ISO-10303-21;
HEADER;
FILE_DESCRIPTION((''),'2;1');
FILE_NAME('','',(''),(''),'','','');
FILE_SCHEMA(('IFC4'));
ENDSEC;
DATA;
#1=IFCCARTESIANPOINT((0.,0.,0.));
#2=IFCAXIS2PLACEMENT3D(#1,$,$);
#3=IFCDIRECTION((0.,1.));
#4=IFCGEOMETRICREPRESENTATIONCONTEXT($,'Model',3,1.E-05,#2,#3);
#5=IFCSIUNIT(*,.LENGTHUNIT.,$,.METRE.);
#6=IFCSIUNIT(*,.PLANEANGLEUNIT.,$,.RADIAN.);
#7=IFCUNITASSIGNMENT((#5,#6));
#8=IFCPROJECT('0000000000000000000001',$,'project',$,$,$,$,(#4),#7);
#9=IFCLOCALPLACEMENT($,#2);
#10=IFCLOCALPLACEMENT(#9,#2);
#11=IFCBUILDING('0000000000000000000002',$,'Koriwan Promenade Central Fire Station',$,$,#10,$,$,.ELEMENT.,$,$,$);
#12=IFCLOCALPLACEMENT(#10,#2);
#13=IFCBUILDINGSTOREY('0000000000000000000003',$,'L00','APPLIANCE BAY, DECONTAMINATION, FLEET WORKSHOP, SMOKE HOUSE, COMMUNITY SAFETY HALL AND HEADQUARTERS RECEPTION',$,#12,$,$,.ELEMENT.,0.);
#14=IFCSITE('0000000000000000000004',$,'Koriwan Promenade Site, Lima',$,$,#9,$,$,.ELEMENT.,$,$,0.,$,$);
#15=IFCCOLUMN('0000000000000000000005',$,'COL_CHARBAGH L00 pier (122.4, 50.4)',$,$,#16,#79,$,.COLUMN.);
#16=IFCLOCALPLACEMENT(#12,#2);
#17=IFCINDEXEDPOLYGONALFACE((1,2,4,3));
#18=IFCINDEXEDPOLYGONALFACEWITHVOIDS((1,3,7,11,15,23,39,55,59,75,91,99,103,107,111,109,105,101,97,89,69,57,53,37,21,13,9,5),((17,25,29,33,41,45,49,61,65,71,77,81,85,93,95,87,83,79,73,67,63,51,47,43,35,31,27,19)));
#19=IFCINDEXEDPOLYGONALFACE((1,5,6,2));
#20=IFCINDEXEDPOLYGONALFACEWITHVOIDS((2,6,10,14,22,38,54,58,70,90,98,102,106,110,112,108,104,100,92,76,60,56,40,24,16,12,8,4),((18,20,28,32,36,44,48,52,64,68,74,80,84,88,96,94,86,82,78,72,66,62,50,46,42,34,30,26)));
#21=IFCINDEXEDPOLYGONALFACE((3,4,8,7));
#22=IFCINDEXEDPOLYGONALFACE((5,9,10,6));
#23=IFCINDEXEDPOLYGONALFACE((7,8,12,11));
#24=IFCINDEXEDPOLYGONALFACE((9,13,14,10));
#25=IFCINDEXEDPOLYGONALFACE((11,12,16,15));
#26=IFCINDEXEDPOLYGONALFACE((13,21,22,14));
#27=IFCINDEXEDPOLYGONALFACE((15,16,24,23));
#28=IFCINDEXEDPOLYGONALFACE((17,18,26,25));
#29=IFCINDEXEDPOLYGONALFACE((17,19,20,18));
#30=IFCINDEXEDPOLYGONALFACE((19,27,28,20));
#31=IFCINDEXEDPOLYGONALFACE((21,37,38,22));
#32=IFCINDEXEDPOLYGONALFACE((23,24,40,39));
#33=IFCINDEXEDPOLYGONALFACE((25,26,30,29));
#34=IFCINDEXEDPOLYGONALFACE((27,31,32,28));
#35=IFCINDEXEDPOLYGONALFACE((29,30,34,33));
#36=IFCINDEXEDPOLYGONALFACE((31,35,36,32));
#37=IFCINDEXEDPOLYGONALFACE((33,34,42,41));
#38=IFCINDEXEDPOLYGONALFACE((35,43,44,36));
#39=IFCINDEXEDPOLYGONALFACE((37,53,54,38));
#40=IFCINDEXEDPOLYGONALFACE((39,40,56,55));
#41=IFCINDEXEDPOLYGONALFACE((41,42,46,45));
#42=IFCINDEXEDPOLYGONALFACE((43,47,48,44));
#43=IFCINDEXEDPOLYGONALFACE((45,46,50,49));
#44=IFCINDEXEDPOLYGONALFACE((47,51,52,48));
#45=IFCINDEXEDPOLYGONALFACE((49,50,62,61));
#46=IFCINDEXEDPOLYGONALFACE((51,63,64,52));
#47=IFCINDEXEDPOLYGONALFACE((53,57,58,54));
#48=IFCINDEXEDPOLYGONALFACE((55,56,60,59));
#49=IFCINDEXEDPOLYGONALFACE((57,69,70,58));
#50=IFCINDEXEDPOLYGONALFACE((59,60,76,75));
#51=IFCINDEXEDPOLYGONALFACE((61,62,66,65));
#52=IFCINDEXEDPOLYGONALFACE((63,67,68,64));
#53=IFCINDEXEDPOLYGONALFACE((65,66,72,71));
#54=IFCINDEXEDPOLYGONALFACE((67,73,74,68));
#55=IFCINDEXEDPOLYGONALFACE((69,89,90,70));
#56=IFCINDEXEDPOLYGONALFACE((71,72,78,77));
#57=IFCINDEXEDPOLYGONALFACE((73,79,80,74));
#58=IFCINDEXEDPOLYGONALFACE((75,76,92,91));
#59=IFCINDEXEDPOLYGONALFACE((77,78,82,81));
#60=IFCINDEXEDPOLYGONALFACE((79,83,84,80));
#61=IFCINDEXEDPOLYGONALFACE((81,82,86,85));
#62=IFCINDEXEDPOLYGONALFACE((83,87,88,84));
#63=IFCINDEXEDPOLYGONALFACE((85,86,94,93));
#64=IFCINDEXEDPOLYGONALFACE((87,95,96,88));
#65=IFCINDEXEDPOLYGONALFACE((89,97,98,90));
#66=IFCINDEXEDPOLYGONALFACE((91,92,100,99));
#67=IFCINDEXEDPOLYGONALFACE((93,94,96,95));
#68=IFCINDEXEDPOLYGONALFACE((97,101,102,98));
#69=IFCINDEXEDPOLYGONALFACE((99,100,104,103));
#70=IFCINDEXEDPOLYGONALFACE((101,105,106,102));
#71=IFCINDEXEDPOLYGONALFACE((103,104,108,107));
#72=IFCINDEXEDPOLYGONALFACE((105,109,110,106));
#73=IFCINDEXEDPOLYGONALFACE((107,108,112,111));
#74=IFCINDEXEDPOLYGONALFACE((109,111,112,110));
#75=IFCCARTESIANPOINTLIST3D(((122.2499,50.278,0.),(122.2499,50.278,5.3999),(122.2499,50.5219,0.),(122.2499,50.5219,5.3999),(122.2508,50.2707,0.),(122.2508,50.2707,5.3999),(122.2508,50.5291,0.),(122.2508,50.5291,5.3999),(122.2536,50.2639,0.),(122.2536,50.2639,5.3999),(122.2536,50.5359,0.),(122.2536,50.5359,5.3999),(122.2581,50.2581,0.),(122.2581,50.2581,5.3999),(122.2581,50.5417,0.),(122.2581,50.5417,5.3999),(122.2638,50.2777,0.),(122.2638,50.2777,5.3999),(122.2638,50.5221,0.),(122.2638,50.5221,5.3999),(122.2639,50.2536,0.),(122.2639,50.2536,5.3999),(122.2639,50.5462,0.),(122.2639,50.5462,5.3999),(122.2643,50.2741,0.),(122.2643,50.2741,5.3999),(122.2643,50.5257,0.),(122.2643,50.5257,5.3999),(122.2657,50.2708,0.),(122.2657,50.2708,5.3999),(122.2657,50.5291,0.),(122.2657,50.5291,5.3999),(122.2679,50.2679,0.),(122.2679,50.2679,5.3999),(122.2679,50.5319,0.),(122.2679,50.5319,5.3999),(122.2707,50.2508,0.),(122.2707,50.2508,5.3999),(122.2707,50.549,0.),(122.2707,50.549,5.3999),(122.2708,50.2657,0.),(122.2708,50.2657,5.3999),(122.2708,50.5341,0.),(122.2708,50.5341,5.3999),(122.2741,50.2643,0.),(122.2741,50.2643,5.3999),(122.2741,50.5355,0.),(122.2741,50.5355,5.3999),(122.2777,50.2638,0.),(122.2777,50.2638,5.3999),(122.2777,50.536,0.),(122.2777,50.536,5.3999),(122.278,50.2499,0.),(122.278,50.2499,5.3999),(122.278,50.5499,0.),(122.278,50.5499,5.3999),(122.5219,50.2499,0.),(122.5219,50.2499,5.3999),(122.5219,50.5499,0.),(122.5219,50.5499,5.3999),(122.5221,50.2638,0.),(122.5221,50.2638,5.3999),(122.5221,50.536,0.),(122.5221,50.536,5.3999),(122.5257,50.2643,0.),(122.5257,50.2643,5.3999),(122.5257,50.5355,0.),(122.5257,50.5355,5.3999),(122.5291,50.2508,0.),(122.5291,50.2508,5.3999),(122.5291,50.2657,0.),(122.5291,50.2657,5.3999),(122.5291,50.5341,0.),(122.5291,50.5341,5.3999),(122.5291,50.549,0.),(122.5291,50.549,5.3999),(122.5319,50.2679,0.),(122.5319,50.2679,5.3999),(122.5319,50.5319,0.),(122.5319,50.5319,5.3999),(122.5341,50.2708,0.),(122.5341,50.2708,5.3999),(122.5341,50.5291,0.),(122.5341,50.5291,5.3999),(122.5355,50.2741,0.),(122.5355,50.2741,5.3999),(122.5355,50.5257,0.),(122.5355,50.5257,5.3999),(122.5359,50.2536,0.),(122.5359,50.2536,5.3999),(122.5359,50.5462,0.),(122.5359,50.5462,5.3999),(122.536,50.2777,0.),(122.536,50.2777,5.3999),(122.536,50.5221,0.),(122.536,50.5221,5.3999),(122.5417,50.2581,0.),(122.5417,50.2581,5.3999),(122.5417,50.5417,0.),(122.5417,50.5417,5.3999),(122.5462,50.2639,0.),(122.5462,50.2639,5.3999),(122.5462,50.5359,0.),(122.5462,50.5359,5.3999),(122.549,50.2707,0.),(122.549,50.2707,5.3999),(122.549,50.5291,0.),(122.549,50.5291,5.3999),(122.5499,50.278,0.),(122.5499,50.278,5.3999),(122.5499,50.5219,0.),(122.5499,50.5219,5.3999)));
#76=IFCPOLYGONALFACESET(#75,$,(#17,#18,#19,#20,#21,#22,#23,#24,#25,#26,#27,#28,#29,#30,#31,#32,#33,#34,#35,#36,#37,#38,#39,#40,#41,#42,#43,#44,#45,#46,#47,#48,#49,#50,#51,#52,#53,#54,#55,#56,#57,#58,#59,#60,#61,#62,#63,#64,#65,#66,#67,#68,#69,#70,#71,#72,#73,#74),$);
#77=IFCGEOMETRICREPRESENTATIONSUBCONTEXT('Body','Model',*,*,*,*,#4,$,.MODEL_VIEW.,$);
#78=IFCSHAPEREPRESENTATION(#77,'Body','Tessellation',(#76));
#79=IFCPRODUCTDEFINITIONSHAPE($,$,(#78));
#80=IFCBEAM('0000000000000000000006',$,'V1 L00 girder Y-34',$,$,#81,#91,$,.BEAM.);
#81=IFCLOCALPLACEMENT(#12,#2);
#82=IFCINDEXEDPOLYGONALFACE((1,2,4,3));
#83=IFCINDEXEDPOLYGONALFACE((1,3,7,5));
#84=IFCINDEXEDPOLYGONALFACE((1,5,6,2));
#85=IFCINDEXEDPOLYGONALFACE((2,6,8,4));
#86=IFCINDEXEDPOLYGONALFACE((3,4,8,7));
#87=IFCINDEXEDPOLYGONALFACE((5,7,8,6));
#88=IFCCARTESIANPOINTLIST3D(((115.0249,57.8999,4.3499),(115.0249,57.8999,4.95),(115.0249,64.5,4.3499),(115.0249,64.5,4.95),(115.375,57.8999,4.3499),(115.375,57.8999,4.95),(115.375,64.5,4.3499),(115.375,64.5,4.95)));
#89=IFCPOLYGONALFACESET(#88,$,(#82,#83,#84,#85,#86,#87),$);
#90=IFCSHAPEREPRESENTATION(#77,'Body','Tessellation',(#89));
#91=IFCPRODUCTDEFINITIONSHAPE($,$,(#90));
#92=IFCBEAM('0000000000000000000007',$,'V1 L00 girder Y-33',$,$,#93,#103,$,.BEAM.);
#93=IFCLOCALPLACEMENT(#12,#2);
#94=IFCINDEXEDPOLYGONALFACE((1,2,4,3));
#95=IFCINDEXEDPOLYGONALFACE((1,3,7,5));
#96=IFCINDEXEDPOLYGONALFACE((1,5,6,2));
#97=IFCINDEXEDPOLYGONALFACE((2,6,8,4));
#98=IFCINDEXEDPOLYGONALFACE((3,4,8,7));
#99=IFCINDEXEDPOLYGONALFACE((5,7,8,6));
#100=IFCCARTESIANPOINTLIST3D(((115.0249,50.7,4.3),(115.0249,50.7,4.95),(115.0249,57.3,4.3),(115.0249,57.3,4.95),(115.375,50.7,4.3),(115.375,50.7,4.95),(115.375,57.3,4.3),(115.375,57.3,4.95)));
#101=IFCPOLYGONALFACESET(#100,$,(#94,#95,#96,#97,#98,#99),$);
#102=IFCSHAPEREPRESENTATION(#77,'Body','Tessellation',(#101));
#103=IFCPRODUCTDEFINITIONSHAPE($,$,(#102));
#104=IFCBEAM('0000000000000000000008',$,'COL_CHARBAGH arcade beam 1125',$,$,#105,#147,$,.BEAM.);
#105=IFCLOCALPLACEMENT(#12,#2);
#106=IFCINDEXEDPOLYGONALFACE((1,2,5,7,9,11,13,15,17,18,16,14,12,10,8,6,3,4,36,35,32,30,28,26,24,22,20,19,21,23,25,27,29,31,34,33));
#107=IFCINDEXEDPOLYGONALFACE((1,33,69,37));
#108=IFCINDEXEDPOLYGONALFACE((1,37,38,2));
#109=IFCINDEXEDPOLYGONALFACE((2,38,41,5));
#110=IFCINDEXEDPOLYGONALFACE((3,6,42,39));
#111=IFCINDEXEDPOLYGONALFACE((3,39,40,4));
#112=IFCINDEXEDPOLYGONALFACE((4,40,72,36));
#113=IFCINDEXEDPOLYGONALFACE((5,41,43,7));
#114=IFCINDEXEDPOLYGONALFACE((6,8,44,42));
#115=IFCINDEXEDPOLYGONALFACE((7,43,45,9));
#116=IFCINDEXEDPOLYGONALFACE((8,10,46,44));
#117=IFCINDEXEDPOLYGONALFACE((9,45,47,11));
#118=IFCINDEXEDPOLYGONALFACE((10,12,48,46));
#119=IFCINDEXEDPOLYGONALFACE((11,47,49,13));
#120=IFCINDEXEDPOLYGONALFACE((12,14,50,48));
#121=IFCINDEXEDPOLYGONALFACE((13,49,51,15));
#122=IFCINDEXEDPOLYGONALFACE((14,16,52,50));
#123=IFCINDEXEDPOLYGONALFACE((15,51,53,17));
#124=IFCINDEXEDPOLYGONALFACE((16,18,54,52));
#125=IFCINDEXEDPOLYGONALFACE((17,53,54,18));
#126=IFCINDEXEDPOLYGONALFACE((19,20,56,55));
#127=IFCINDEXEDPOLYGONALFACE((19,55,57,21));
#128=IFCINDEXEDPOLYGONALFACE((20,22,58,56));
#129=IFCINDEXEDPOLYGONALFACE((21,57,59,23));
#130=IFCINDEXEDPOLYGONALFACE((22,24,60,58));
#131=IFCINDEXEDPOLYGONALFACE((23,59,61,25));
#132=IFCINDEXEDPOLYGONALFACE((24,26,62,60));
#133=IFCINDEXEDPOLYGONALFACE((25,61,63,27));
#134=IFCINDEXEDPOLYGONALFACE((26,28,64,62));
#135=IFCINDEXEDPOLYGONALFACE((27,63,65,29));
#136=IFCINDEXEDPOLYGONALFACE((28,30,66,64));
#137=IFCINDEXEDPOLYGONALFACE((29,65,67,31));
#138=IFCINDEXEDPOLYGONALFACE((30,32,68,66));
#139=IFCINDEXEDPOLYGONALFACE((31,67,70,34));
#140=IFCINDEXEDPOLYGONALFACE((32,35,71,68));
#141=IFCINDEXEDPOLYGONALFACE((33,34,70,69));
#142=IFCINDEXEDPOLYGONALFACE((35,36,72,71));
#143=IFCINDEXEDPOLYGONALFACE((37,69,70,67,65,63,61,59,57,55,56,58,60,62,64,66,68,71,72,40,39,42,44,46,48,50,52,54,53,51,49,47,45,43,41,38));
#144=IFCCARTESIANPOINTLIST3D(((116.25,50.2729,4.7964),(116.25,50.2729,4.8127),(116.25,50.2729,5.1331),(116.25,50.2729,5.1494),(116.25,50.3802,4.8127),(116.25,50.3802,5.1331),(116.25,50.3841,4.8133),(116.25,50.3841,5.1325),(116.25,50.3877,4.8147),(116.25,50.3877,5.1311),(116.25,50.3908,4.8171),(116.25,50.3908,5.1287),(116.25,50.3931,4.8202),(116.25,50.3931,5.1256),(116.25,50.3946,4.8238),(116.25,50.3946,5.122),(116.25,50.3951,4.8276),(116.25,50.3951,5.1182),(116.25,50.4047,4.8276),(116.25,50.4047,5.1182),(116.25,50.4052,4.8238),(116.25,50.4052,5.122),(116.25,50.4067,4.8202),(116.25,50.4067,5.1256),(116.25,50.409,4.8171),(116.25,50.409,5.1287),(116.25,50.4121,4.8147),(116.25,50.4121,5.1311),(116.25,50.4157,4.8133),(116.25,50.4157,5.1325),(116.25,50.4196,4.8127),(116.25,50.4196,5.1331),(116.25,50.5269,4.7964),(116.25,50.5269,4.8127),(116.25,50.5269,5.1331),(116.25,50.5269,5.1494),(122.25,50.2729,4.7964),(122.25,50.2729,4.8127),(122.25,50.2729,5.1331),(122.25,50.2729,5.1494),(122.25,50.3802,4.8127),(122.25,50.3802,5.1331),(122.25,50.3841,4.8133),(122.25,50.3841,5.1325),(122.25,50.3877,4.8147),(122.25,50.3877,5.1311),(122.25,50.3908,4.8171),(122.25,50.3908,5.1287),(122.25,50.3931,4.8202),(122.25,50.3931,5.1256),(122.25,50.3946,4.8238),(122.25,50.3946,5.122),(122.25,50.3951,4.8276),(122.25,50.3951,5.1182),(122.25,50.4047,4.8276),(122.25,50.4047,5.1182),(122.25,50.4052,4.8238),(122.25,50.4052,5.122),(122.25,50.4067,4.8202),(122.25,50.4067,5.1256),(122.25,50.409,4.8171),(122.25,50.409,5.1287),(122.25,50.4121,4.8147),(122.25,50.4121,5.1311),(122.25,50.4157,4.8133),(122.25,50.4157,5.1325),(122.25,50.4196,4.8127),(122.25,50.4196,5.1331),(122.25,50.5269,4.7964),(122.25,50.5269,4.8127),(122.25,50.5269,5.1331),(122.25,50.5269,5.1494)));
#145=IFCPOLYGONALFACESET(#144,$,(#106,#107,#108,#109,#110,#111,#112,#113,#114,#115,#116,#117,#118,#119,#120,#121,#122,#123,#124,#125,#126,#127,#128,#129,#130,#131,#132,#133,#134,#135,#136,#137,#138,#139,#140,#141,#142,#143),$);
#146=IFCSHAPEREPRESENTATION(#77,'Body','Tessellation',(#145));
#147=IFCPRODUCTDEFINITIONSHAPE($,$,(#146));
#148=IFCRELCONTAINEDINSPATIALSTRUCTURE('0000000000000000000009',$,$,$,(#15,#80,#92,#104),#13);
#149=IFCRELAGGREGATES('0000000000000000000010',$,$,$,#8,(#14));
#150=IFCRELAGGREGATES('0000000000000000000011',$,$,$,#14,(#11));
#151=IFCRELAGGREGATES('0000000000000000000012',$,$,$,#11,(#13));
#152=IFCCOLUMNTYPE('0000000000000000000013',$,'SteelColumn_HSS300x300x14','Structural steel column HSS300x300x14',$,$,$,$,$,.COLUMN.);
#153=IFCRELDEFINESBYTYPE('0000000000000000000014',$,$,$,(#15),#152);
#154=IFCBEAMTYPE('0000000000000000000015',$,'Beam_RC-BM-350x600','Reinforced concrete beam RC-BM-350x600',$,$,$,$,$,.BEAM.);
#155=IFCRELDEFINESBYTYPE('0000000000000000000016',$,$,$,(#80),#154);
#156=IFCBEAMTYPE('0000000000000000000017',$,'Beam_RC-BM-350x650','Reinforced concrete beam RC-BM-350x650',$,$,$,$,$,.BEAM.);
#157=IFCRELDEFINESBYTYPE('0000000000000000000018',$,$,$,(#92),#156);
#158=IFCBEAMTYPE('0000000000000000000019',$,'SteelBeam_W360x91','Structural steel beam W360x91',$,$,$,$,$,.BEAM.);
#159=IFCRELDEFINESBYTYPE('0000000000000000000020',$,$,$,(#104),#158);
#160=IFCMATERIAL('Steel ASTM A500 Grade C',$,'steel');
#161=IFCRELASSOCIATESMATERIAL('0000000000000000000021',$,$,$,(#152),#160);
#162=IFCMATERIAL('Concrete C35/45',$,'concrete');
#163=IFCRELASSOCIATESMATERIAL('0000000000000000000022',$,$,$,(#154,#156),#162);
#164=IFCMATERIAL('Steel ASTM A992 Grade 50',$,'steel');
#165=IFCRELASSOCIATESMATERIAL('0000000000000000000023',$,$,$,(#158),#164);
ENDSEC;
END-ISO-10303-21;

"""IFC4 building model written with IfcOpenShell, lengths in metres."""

from ifc_helpers import new_model, si_unit, direction, frame, origin, origin_2d, place, context, subcontext, project, spatial, rectangle, hollow_rectangle, i_section, extrude, material, material_profile, profile_set, type_object, element, save


model = new_model("IFC4")

# Units and contexts
model_context = context("Model", 3, precision=1e-05, world=origin(), true_north=direction((0.0, 1.0)))
body_context = subcontext(model_context, "Body", "Model", "MODEL_VIEW")
ifc_project = project(units=[si_unit("LENGTHUNIT", "METRE"), si_unit("PLANEANGLEUNIT", "RADIAN")], contexts=[model_context])

# Site, building, storey
site_placement = place(None, origin())
site = spatial("IfcSite", under=ifc_project, at=site_placement, Name="Koriwan Promenade Site, Lima", CompositionType="ELEMENT", RefElevation=0.0)
building_placement = place(site_placement, origin())
building = spatial("IfcBuilding", under=site, at=building_placement, Name="Koriwan Promenade Central Fire Station", CompositionType="ELEMENT")
storey_placement = place(building_placement, origin())
storey = spatial("IfcBuildingStorey", under=building, at=storey_placement, Name="L00", Description="APPLIANCE BAY, DECONTAMINATION, FLEET WORKSHOP, SMOKE HOUSE, COMMUNITY SAFETY HALL AND HEADQUARTERS RECEPTION", CompositionType="ELEMENT", Elevation=0.0)

# Shared definitions
ifc_material_1 = material(Name="Concrete C35/45", Category="concrete")

# Column
ifc_material_2 = material(Name="Steel ASTM A500 Grade C", Category="steel")
ifc_material_profile_1 = material_profile(ifc_material_2, hollow_rectangle(XDim=0.3, YDim=0.3, WallThickness=0.0139, InnerFilletRadius=0.0139, OuterFilletRadius=0.0281, at=origin_2d()), Name="HSS300x300x14")
ifc_profile_set_1 = profile_set([ifc_material_profile_1], Name="Steel ASTM A500 Grade C")
column_type_1 = type_object("IfcColumnType", Name="SteelColumn_HSS300x300x14", Description="Structural steel column HSS300x300x14", PredefinedType="COLUMN", material=ifc_profile_set_1)
for number, where, z_axis, x_axis, name in (
    (1, (122.3999, 50.3999, 0.0), (0.0, 0.0, 1.0), (1.0, 0.0, 0.0), "COL_CHARBAGH L00 pier (122.4, 50.4)"),
):
    element("IfcColumn", number, at=place(storey_placement, frame(where, z_axis=z_axis, x_axis=x_axis)), inside=storey, type_object=column_type_1, Name=name, PredefinedType="COLUMN", context=body_context, shape_type="SweptSolid", body=[
        extrude(hollow_rectangle(XDim=0.3, YDim=0.3, WallThickness=0.0139, InnerFilletRadius=0.0139, OuterFilletRadius=0.0281, at=origin_2d()), origin(), (0.0, 0.0, 1.0), 5.3999),
    ])

# Beams
ifc_material_profile_2 = material_profile(ifc_material_1, rectangle(XDim=0.3501, YDim=0.6001, at=origin_2d()), Name="RC-BM-350x600")
ifc_profile_set_2 = profile_set([ifc_material_profile_2], Name="Concrete C35/45")
beam_type_1 = type_object("IfcBeamType", Name="Beam_RC-BM-350x600", Description="Reinforced concrete beam RC-BM-350x600", PredefinedType="BEAM", material=ifc_profile_set_2)
beam_1_placement = place(storey_placement, frame((115.2, 57.8999, 4.6499), z_axis=(0.0, 1.0, 0.0), x_axis=(-1.0, 0.0, 0.0)))
element("IfcBeam", 2, at=beam_1_placement, inside=storey, type_object=beam_type_1, Name="V1 L00 girder Y-34", PredefinedType="BEAM", context=body_context, shape_type="SweptSolid", body=[
    extrude(rectangle(XDim=0.3501, YDim=0.6001, at=origin_2d()), origin(), (0.0, 0.0, 1.0), 6.6001),
])
ifc_material_profile_3 = material_profile(ifc_material_1, rectangle(XDim=0.3501, YDim=0.6499, at=origin_2d()), Name="RC-BM-350x650")
ifc_profile_set_3 = profile_set([ifc_material_profile_3], Name="Concrete C35/45")
beam_type_2 = type_object("IfcBeamType", Name="Beam_RC-BM-350x650", Description="Reinforced concrete beam RC-BM-350x650", PredefinedType="BEAM", material=ifc_profile_set_3)
beam_2_placement = place(storey_placement, frame((115.2, 50.7, 4.625), z_axis=(0.0, 1.0, 0.0), x_axis=(-1.0, 0.0, 0.0)))
element("IfcBeam", 3, at=beam_2_placement, inside=storey, type_object=beam_type_2, Name="V1 L00 girder Y-33", PredefinedType="BEAM", context=body_context, shape_type="SweptSolid", body=[
    extrude(rectangle(XDim=0.3501, YDim=0.6499, at=origin_2d()), origin(), (0.0, 0.0, 1.0), 6.6001),
])
ifc_material_3 = material(Name="Steel ASTM A992 Grade 50", Category="steel")
ifc_material_profile_4 = material_profile(ifc_material_3, i_section(OverallWidth=0.2539, OverallDepth=0.353, WebThickness=0.0095, FlangeThickness=0.0164, FilletRadius=0.0149, at=origin_2d()), Name="W360x91")
ifc_profile_set_4 = profile_set([ifc_material_profile_4], Name="Steel ASTM A992 Grade 50")
beam_type_3 = type_object("IfcBeamType", Name="SteelBeam_W360x91", Description="Structural steel beam W360x91", PredefinedType="BEAM", material=ifc_profile_set_4)
beam_3_placement = place(storey_placement, frame((116.25, 50.3999, 4.9729), z_axis=(1.0, 0.0, 0.0), x_axis=(0.0, 1.0, 0.0)))
element("IfcBeam", 4, at=beam_3_placement, inside=storey, type_object=beam_type_3, Name="COL_CHARBAGH arcade beam 1125", PredefinedType="BEAM", context=body_context, shape_type="SweptSolid", body=[
    extrude(i_section(OverallWidth=0.2539, OverallDepth=0.353, WebThickness=0.0095, FlangeThickness=0.0164, FilletRadius=0.0149, at=origin_2d()), origin(), (0.0, 0.0, 1.0), 6.0),
])

save(model, "model.ifc")
